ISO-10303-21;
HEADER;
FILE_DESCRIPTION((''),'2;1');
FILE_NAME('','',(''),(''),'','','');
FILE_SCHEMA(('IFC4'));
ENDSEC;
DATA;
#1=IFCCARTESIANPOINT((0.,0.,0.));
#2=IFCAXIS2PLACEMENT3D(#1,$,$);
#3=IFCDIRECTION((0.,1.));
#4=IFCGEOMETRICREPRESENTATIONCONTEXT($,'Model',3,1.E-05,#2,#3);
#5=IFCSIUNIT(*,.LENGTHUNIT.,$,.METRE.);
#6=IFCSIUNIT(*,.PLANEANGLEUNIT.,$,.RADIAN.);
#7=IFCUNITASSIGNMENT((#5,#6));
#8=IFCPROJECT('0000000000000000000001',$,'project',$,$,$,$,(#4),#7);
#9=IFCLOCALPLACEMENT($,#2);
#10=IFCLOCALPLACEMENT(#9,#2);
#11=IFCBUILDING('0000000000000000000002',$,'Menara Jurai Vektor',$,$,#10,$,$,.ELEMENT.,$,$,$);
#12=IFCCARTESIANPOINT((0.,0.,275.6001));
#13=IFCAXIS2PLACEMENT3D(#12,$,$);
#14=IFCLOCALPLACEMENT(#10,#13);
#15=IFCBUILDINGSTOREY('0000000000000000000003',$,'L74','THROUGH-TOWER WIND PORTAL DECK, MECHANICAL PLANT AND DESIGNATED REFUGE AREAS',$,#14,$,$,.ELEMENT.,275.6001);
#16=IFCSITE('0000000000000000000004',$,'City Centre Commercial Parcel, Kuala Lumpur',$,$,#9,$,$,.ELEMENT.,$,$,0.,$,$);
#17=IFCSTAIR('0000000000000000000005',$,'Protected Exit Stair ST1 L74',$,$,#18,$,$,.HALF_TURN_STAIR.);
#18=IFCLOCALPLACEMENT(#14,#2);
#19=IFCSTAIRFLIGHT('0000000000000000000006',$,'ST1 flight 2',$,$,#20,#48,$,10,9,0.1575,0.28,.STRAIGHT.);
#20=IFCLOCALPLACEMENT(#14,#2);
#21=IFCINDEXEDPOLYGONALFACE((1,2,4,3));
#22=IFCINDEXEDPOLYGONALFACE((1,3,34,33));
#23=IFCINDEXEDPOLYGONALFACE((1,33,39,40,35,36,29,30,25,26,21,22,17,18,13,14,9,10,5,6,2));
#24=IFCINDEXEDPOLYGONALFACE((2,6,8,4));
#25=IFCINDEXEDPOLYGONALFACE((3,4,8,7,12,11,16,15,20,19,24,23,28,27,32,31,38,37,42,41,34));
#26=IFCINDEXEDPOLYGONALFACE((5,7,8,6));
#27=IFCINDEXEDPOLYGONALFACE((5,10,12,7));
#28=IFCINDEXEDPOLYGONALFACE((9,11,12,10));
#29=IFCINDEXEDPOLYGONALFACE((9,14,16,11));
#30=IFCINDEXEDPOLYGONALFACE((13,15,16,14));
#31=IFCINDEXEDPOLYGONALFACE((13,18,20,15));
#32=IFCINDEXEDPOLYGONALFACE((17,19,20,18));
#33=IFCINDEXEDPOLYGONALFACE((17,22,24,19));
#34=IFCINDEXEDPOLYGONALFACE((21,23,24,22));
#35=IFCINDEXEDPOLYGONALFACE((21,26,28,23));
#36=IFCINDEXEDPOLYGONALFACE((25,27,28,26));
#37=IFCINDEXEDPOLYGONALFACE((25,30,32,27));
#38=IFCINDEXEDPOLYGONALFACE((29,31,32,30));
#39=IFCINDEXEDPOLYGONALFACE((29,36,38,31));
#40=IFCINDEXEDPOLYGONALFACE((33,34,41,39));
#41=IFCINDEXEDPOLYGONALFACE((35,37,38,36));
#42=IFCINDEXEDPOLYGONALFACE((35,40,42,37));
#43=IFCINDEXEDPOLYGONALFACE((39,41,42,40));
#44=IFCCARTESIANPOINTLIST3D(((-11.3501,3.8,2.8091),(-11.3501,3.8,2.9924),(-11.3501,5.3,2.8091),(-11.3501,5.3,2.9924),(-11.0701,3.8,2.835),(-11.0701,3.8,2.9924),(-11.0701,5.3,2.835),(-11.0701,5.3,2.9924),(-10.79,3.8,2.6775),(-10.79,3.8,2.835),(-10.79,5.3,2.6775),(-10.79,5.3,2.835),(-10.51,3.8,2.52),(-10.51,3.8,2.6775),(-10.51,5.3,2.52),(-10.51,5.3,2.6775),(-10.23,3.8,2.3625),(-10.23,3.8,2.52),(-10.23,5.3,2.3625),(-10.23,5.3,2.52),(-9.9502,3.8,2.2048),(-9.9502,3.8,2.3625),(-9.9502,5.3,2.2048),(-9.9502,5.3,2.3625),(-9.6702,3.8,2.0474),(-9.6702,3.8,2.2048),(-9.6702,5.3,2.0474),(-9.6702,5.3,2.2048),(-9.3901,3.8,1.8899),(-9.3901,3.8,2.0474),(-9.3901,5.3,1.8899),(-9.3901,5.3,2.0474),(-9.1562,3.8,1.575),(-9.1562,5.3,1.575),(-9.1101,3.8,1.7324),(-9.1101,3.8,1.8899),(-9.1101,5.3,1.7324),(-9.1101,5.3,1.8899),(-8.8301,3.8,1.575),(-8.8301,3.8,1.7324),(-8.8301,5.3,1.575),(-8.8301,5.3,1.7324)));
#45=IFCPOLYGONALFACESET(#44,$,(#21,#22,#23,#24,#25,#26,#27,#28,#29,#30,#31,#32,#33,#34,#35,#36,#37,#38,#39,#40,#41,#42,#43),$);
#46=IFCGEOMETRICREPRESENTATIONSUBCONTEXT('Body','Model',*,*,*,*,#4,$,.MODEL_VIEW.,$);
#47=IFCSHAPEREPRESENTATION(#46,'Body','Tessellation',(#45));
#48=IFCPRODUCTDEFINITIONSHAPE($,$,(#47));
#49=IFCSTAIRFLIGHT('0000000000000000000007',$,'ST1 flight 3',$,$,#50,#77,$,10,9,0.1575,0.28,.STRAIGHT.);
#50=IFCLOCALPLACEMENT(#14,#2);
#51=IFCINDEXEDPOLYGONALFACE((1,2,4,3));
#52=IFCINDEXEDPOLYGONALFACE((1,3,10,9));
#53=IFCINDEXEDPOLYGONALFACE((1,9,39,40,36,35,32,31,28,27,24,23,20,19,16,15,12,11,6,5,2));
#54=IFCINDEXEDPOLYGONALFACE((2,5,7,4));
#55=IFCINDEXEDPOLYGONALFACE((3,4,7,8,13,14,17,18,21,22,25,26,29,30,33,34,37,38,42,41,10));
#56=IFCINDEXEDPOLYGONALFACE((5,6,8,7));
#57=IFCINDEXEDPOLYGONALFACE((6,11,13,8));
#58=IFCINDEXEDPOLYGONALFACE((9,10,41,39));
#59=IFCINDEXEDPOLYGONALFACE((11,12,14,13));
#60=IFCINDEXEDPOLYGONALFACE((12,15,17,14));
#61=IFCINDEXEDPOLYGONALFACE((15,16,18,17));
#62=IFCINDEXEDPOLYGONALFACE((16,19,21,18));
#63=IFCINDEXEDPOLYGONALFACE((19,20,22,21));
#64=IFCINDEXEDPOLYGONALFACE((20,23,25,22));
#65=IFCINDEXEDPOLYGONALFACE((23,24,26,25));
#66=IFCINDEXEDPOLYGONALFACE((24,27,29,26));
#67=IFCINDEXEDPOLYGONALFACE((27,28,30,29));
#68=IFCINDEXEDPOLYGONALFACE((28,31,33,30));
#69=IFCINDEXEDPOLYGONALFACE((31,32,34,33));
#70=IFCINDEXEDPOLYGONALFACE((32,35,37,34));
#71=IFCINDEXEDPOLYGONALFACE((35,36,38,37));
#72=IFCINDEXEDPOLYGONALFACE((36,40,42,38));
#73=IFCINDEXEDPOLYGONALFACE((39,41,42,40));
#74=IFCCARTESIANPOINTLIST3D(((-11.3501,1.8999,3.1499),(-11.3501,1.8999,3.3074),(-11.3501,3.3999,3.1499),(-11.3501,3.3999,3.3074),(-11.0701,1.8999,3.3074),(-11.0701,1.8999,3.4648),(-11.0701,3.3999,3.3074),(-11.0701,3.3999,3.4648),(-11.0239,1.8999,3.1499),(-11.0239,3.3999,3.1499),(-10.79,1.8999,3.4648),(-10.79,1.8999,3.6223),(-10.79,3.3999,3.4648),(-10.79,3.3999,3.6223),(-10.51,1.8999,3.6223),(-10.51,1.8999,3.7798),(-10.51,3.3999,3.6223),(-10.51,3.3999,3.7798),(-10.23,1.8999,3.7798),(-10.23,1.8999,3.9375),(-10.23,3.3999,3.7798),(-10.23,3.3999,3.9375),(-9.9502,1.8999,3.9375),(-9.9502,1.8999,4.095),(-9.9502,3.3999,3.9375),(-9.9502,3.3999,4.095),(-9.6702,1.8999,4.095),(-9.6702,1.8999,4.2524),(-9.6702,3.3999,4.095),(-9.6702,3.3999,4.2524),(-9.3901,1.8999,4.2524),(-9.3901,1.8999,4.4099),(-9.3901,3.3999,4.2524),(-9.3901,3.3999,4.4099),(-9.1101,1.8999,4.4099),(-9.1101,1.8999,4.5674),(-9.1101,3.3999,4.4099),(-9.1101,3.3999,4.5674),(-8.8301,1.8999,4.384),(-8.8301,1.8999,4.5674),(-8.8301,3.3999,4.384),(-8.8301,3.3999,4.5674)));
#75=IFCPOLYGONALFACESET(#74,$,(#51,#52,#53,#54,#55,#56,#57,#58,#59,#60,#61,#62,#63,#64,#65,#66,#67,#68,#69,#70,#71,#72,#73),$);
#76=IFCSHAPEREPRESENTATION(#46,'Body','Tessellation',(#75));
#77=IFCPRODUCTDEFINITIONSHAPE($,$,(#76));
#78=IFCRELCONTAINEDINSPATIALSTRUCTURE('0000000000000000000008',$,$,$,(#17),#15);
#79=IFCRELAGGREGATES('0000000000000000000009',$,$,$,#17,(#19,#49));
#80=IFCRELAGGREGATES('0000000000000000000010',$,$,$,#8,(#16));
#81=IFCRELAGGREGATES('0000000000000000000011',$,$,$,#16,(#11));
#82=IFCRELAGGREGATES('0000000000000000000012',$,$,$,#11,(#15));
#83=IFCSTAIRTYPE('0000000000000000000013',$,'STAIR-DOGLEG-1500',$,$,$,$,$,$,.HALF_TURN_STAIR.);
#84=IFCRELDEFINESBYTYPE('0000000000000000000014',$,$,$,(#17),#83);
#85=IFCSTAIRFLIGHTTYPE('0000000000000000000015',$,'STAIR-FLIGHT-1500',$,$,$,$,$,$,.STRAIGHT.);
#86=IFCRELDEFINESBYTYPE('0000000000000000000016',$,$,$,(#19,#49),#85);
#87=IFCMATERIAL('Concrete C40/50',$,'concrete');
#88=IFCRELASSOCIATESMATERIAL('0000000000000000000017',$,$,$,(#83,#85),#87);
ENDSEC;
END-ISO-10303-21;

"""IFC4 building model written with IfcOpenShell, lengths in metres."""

from ifc_helpers import new_model, si_unit, direction, frame, origin, place, context, subcontext, project, spatial, polyline, outline, extrude, material, type_object, element, aggregate, save


model = new_model("IFC4")

# Units and contexts
model_context = context("Model", 3, precision=1e-05, world=origin(), true_north=direction((0.0, 1.0)))
body_context = subcontext(model_context, "Body", "Model", "MODEL_VIEW")
ifc_project = project(units=[si_unit("LENGTHUNIT", "METRE"), si_unit("PLANEANGLEUNIT", "RADIAN")], contexts=[model_context])

# Site, building, storey
site_placement = place(None, origin())
site = spatial("IfcSite", under=ifc_project, at=site_placement, Name="City Centre Commercial Parcel, Kuala Lumpur", CompositionType="ELEMENT", RefElevation=0.0)
building_placement = place(site_placement, origin())
building = spatial("IfcBuilding", under=site, at=building_placement, Name="Menara Jurai Vektor", CompositionType="ELEMENT")
storey_placement = place(building_placement, frame((0.0, 0.0, 275.6001)))
storey = spatial("IfcBuildingStorey", under=building, at=storey_placement, Name="L74", Description="THROUGH-TOWER WIND PORTAL DECK, MECHANICAL PLANT AND DESIGNATED REFUGE AREAS", CompositionType="ELEMENT", Elevation=275.6001)

# Stair
ifc_material_1 = material(Name="Concrete C40/50", Category="concrete")
stair_type = type_object("IfcStairType", Name="STAIR-DOGLEG-1500", PredefinedType="HALF_TURN_STAIR", material=ifc_material_1)
stair_placement = place(storey_placement, origin())
stair = element("IfcStair", 1, at=stair_placement, inside=storey, type_object=stair_type, Name="Protected Exit Stair ST1 L74", PredefinedType="HALF_TURN_STAIR")

# Stair flights
stair_flight_type = type_object("IfcStairFlightType", Name="STAIR-FLIGHT-1500", PredefinedType="STRAIGHT", material=ifc_material_1)
stair_flight_1_placement = place(storey_placement, frame((-8.8301, 4.55, 1.575), z_axis=(0.0, 0.0, 1.0), x_axis=(-1.0, 0.0, 0.0)))
stair_flight_1 = element("IfcStairFlight", 2, at=stair_flight_1_placement, type_object=stair_flight_type, Name="ST1 flight 2", NumberOfRisers=10, NumberOfTreads=9, PredefinedType="STRAIGHT", RiserHeight=0.1575, TreadLength=0.28, context=body_context, shape_type="SweptSolid", body=[
    extrude(outline(polyline([(0.0, 0.0), (0.0, 0.1575), (0.28, 0.1575), (0.28, 0.3149), (0.5601, 0.3149), (0.5601, 0.4724), (0.8401, 0.4724), (0.8401, 0.6299), (1.1201, 0.6299), (1.1201, 0.7876), (1.3999, 0.7876), (1.3999, 0.9451), (1.6799, 0.9451), (1.6799, 1.1025), (1.96, 1.1025), (1.96, 1.26), (2.24, 1.26), (2.24, 1.4175), (2.52, 1.4175), (2.52, 1.575), (2.52, 1.2341), (0.3262, 0.0), (0.0, 0.0)])), frame((0.0, 0.75, 0.0), z_axis=(0.0, -1.0, 0.0), x_axis=(1.0, 0.0, 0.0)), (0.0, 0.0, 1.0), 1.5),
])
stair_flight_2_placement = place(storey_placement, frame((-11.3501, 2.6499, 3.1499), z_axis=(0.0, 0.0, 1.0), x_axis=(1.0, 0.0, 0.0)))
stair_flight_2 = element("IfcStairFlight", 3, at=stair_flight_2_placement, type_object=stair_flight_type, Name="ST1 flight 3", NumberOfRisers=10, NumberOfTreads=9, PredefinedType="STRAIGHT", RiserHeight=0.1575, TreadLength=0.28, context=body_context, shape_type="SweptSolid", body=[
    extrude(outline(polyline([(0.0, 0.0), (0.0, 0.1575), (0.28, 0.1575), (0.28, 0.3149), (0.5601, 0.3149), (0.5601, 0.4724), (0.8401, 0.4724), (0.8401, 0.6299), (1.1201, 0.6299), (1.1201, 0.7876), (1.3999, 0.7876), (1.3999, 0.9451), (1.6799, 0.9451), (1.6799, 1.1025), (1.96, 1.1025), (1.96, 1.26), (2.24, 1.26), (2.24, 1.4175), (2.52, 1.4175), (2.52, 1.575), (2.52, 1.2341), (0.3262, 0.0), (0.0, 0.0)])), frame((0.0, 0.75, 0.0), z_axis=(0.0, -1.0, 0.0), x_axis=(1.0, 0.0, 0.0)), (0.0, 0.0, 1.0), 1.5),
])
aggregate(stair, [stair_flight_1, stair_flight_2])

save(model, "model.ifc")
